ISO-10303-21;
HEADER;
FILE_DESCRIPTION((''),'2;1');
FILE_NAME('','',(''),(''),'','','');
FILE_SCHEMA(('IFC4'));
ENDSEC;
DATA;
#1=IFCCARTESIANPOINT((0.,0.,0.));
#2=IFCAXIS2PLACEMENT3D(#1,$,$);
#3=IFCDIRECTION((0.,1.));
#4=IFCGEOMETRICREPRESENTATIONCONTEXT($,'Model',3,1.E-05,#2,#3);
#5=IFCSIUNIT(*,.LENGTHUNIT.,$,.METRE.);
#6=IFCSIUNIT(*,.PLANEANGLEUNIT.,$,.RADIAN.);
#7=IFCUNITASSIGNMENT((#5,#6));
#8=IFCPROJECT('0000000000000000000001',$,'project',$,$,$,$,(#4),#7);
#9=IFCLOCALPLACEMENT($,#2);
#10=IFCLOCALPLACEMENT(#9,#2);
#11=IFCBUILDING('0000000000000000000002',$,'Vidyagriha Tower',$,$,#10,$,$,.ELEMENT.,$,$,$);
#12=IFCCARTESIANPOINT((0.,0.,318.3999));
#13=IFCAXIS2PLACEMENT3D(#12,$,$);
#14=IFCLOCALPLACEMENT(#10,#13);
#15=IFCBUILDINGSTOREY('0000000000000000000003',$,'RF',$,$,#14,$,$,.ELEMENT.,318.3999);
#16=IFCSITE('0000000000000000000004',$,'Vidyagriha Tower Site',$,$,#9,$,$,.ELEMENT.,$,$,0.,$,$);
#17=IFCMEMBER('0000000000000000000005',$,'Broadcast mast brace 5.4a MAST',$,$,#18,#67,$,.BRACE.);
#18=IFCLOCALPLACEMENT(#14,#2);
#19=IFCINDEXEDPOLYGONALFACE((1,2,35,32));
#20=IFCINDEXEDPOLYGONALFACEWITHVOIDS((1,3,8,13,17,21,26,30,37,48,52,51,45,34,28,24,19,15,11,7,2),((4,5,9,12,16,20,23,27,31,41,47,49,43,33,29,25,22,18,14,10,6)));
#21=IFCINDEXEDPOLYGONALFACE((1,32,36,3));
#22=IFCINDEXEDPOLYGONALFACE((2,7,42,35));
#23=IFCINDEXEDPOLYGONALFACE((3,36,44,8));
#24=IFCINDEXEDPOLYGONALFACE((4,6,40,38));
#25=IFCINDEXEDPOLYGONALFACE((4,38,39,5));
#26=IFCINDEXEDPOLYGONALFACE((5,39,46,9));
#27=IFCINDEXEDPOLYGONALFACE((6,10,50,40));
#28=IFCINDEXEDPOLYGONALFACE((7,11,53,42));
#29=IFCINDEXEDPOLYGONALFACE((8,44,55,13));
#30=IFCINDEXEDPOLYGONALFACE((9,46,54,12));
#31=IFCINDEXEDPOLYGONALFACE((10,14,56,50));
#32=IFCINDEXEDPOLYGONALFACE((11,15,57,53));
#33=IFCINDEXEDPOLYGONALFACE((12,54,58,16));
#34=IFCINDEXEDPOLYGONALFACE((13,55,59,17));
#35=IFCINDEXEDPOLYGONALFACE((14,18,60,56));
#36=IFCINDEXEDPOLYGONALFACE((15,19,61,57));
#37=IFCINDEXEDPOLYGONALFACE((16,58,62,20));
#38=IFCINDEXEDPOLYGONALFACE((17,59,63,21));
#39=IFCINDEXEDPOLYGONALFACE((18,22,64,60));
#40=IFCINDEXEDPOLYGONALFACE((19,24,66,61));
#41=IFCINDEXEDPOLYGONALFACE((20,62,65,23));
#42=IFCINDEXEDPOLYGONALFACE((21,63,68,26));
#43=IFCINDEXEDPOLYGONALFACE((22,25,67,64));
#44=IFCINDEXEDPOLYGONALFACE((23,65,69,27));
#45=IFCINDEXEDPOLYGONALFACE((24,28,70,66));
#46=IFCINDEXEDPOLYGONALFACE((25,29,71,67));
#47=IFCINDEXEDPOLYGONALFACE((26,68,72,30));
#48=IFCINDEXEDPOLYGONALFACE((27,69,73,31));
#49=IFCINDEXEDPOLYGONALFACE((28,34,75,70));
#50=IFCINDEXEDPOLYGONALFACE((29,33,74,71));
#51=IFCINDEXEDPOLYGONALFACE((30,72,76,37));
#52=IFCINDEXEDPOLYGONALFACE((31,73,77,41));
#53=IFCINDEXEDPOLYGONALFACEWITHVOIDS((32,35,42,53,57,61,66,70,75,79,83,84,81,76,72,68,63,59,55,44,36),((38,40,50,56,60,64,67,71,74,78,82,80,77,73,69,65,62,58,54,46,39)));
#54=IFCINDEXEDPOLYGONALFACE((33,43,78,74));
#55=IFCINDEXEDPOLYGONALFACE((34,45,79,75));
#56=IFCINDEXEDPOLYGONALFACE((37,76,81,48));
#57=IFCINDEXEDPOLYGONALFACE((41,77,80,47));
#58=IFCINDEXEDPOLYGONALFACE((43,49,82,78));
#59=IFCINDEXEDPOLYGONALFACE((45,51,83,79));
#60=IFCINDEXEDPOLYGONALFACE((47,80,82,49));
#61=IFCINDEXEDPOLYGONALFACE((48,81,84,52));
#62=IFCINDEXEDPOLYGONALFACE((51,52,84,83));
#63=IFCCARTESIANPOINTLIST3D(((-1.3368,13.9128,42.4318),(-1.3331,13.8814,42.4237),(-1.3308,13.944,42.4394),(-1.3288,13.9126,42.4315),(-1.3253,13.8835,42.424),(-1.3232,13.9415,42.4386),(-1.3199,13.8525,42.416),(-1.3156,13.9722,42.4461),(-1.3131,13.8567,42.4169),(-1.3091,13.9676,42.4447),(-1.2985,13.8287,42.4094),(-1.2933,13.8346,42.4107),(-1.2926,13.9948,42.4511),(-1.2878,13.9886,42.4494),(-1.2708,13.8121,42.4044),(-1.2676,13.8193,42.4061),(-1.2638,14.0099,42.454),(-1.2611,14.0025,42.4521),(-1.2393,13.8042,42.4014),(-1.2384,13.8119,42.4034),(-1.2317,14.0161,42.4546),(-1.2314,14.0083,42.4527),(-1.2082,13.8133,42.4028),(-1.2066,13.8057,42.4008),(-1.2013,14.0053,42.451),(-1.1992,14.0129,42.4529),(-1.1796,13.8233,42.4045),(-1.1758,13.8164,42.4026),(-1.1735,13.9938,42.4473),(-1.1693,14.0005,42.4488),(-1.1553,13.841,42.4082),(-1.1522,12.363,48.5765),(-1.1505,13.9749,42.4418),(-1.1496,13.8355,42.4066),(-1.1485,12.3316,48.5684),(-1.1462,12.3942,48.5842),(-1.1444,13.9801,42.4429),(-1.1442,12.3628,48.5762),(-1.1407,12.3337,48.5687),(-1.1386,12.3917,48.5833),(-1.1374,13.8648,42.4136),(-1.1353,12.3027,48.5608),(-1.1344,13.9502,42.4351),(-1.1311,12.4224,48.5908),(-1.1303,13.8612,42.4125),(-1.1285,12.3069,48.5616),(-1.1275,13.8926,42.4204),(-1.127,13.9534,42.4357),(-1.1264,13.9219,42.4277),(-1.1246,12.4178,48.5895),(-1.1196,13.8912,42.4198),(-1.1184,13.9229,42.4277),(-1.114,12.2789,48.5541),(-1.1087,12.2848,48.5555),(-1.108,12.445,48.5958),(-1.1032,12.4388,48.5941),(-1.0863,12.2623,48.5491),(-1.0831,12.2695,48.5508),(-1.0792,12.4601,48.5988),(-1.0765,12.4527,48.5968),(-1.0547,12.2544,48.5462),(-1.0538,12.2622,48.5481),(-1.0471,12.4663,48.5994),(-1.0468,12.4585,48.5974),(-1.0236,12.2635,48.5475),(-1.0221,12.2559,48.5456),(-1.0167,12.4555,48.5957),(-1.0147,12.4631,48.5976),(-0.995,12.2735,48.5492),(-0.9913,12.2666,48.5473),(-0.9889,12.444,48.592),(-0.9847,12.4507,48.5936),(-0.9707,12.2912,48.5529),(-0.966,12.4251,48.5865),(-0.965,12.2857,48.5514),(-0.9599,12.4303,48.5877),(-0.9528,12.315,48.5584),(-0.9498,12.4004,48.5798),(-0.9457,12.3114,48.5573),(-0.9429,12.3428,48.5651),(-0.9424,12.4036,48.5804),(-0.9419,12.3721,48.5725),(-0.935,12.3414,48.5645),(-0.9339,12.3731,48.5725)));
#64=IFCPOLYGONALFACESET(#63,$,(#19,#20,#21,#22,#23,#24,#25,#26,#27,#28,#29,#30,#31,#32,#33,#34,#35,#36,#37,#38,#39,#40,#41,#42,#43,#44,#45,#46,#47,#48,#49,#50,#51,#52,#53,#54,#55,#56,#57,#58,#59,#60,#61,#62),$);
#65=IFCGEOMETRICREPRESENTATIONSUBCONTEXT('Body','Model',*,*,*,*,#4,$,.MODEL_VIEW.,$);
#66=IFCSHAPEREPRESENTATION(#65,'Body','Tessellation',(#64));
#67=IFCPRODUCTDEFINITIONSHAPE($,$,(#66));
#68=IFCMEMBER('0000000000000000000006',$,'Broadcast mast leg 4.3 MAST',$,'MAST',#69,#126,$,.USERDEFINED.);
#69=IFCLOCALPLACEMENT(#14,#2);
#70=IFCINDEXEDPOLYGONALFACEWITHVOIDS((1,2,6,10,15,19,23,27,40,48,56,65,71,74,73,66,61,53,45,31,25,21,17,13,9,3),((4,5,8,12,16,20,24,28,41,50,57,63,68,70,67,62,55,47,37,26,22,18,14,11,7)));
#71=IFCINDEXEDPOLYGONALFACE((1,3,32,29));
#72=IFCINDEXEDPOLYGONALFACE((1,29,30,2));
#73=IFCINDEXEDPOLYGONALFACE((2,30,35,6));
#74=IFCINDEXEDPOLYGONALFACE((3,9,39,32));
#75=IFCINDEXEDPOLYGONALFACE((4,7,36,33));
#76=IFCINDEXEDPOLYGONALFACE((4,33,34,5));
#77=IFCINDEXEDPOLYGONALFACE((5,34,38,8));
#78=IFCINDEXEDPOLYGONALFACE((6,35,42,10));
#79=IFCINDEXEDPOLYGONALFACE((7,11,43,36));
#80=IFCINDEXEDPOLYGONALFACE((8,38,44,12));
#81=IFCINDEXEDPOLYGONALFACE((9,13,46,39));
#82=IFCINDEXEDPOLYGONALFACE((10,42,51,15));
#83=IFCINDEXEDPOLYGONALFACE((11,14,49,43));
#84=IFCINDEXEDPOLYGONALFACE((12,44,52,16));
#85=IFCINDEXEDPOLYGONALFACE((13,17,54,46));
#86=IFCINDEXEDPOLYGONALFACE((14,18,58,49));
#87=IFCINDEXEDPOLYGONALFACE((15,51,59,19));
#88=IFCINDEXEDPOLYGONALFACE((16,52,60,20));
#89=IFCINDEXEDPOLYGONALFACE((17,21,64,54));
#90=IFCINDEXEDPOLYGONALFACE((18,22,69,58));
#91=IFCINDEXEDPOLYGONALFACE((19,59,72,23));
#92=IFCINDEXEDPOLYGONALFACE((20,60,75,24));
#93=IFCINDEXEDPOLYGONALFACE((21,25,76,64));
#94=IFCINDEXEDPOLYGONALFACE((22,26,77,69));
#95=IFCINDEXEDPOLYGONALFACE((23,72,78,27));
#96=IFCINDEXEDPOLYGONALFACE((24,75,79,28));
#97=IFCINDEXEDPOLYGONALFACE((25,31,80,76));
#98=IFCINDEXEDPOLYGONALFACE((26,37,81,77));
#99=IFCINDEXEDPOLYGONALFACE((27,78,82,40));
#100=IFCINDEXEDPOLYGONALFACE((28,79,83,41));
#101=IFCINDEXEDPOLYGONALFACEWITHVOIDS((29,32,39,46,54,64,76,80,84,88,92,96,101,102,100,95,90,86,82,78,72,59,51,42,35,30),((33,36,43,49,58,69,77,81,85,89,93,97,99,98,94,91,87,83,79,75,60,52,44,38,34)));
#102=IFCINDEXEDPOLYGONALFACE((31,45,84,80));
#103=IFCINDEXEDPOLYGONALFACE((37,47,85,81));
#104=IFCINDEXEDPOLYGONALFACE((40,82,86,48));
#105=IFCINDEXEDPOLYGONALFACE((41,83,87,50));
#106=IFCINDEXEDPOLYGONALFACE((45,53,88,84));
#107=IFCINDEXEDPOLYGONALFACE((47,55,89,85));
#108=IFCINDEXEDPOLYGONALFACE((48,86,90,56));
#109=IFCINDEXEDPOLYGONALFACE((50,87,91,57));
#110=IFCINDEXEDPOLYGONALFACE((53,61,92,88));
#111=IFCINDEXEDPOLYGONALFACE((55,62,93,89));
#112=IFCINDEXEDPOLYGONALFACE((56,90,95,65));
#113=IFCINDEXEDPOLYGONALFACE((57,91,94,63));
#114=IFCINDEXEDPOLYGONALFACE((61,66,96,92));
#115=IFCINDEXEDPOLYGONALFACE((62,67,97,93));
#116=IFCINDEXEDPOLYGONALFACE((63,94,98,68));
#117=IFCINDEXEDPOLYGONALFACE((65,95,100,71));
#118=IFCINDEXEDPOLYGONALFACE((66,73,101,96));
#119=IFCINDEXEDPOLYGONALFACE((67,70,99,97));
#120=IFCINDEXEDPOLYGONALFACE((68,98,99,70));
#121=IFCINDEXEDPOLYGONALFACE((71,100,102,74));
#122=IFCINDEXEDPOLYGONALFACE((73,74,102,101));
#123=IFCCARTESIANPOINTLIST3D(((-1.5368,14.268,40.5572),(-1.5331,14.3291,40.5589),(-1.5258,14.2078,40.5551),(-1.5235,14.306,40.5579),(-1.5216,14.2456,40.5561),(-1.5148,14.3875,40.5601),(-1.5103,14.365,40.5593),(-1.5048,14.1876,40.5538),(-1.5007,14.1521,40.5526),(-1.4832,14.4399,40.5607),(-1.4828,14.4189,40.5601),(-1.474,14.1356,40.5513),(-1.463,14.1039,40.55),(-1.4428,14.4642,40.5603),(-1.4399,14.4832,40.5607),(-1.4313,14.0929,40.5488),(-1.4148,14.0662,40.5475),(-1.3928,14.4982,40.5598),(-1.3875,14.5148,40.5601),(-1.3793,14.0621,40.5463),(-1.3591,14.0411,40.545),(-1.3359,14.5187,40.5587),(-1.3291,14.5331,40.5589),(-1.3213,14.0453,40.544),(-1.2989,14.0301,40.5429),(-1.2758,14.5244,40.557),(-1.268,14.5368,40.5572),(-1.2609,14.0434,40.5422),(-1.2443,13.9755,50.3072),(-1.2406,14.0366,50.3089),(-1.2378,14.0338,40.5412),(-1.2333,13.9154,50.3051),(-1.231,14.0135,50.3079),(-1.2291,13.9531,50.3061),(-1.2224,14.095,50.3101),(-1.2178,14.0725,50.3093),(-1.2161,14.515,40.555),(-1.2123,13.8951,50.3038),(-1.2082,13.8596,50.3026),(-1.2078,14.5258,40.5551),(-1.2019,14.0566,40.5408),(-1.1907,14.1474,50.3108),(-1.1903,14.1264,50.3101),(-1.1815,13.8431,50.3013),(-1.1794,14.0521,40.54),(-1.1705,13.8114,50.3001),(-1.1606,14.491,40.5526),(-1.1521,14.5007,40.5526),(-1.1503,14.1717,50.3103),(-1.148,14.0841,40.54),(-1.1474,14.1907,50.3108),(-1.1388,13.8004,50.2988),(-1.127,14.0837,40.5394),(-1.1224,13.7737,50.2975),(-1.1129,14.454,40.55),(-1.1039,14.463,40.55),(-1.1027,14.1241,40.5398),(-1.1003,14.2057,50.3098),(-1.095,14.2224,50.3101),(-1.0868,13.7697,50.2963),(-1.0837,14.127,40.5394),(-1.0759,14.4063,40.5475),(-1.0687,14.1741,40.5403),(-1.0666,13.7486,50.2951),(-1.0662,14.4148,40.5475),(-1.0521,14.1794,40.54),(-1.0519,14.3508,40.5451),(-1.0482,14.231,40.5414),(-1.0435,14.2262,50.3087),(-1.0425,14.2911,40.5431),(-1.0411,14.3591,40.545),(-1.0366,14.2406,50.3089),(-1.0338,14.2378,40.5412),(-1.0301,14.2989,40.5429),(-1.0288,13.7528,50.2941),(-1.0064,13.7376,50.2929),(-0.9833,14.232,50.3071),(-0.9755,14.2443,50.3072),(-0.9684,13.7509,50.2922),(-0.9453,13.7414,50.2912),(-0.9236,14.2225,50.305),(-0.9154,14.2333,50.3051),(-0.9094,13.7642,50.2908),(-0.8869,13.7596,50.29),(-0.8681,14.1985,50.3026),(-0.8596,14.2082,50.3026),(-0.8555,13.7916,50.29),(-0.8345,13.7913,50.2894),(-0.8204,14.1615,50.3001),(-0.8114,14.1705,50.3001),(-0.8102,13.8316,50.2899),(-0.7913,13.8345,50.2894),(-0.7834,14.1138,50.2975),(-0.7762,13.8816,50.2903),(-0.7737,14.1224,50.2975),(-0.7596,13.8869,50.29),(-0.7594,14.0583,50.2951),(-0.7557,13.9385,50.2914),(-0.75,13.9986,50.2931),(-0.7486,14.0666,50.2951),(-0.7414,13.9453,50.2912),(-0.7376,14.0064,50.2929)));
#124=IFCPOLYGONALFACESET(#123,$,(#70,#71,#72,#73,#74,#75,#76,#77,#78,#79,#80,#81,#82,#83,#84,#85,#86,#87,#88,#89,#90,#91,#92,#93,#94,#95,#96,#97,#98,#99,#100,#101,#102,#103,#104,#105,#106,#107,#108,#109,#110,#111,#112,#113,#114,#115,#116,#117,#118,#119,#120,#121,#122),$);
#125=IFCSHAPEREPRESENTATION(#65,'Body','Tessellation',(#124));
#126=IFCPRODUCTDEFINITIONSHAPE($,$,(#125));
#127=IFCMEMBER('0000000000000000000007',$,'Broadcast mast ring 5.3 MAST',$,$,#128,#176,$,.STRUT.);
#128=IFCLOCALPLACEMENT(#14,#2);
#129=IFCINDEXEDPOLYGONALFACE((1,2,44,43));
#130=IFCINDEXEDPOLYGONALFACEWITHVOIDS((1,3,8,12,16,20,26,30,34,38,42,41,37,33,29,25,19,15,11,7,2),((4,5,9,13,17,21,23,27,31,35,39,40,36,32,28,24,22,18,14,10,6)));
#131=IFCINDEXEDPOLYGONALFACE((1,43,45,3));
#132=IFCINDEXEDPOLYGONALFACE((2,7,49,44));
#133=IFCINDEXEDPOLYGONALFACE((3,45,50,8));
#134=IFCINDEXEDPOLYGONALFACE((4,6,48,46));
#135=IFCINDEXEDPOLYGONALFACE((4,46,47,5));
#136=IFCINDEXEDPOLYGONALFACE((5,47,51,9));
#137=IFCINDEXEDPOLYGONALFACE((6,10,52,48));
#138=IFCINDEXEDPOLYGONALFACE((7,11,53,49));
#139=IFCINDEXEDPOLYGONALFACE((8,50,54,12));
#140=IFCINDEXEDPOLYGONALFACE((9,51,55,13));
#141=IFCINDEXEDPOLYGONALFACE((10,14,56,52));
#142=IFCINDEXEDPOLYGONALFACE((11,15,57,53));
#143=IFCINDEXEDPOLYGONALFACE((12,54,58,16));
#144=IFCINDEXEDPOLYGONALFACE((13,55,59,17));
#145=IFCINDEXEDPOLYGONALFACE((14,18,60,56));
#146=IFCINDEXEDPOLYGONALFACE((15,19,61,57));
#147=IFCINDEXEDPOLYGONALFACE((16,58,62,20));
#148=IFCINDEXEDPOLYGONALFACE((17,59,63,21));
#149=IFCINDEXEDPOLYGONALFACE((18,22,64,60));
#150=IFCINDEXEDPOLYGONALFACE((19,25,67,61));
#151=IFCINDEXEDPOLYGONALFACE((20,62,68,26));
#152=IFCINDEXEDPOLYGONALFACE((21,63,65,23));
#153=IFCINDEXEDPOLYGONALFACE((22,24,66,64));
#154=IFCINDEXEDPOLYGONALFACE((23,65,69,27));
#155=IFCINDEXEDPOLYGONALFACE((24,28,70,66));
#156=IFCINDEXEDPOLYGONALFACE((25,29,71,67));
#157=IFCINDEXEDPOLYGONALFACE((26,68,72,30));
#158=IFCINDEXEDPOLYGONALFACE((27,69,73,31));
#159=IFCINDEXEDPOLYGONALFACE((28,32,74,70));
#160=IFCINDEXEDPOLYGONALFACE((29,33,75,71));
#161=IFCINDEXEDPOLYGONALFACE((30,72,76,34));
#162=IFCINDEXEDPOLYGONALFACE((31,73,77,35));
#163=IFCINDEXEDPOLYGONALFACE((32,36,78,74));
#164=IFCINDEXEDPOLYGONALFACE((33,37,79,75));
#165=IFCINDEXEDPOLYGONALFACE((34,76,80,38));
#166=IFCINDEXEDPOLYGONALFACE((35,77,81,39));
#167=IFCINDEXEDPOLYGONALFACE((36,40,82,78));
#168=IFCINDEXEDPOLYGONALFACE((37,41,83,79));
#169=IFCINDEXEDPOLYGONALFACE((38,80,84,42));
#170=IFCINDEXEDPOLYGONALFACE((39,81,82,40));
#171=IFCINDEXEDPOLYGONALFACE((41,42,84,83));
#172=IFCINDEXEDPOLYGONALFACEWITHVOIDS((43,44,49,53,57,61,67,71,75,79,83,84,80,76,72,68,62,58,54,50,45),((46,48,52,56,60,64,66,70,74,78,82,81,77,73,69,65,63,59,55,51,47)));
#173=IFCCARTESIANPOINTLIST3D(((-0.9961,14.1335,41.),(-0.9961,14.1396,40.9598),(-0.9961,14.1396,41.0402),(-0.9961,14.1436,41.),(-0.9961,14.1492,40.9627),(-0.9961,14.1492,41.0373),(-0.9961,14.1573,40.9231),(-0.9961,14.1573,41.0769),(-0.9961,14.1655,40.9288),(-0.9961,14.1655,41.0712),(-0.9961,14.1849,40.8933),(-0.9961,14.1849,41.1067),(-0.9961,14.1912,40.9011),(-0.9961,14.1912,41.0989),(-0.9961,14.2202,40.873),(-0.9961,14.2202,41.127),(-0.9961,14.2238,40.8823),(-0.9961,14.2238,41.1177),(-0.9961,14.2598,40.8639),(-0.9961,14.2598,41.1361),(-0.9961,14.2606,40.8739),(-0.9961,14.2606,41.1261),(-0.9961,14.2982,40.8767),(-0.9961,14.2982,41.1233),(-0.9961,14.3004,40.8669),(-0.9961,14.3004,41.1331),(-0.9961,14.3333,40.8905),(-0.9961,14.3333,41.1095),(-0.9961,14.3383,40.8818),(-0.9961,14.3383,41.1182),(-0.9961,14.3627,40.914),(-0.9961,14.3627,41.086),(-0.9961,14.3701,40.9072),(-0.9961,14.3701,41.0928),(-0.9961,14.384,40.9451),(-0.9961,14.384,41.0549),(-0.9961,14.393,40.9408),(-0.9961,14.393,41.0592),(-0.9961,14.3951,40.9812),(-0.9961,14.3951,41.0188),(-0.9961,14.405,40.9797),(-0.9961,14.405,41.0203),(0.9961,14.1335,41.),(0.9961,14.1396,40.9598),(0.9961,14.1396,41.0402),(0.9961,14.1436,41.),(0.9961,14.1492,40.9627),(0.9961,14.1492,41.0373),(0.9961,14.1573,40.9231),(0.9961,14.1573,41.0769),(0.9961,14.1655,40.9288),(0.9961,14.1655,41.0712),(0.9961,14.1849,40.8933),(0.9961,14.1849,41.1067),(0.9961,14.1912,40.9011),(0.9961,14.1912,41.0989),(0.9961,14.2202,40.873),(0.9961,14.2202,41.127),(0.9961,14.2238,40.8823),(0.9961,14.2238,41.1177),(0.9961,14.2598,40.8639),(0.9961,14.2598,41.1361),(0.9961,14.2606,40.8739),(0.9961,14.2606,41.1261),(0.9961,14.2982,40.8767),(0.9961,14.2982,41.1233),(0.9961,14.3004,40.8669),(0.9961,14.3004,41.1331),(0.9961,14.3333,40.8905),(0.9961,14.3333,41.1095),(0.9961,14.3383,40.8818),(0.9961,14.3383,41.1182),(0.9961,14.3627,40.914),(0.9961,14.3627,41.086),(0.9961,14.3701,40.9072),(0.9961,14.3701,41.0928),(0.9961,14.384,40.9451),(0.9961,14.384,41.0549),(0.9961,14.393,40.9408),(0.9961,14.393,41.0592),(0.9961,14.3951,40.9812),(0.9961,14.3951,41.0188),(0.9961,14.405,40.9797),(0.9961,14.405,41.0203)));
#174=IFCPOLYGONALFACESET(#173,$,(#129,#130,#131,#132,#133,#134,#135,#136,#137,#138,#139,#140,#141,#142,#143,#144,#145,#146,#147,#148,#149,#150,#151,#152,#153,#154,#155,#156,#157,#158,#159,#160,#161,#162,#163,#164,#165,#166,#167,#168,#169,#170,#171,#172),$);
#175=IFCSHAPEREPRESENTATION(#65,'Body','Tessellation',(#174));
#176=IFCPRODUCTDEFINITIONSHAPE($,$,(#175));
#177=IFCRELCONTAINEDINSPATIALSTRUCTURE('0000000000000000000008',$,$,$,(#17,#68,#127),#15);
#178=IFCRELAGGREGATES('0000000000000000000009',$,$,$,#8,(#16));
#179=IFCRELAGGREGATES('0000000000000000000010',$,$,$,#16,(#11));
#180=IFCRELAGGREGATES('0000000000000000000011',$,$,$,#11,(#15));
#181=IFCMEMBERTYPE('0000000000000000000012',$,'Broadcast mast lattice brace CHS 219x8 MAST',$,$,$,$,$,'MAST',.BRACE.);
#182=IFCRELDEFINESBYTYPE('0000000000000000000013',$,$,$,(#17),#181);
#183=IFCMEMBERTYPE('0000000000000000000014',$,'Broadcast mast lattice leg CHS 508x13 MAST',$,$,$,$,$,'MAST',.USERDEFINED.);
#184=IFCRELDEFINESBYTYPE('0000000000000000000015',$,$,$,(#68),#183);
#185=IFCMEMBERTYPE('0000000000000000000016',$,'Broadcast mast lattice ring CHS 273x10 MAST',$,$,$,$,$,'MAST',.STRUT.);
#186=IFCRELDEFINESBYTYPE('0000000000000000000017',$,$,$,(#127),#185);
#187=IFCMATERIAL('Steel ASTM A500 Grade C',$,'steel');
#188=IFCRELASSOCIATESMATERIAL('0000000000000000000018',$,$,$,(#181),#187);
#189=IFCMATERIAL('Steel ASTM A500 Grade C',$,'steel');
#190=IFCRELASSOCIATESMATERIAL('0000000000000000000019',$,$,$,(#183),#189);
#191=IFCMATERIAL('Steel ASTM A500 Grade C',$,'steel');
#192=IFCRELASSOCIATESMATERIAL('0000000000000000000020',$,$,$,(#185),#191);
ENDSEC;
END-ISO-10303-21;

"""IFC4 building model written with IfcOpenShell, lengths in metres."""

from ifc_helpers import new_model, si_unit, direction, frame, origin, origin_2d, place, context, subcontext, project, spatial, hollow_circle, extrude, material, material_profile, profile_set, type_object, element, save


model = new_model("IFC4")

# Units and contexts
model_context = context("Model", 3, precision=1e-05, world=origin(), true_north=direction((0.0, 1.0)))
body_context = subcontext(model_context, "Body", "Model", "MODEL_VIEW")
ifc_project = project(units=[si_unit("LENGTHUNIT", "METRE"), si_unit("PLANEANGLEUNIT", "RADIAN")], contexts=[model_context])

# Site, building, storey
site_placement = place(None, origin())
site = spatial("IfcSite", under=ifc_project, at=site_placement, Name="Vidyagriha Tower Site", CompositionType="ELEMENT", RefElevation=0.0)
building_placement = place(site_placement, origin())
building = spatial("IfcBuilding", under=site, at=building_placement, Name="Vidyagriha Tower", CompositionType="ELEMENT")
storey_placement = place(building_placement, frame((0.0, 0.0, 318.3999)))
storey = spatial("IfcBuildingStorey", under=building, at=storey_placement, Name="RF", CompositionType="ELEMENT", Elevation=318.3999)

# Members
ifc_material_1 = material(Name="Steel ASTM A500 Grade C", Category="steel")
ifc_material_profile_1 = material_profile(ifc_material_1, hollow_circle(Radius=0.1096, WallThickness=0.0081, at=origin_2d()), Name="Broadcast mast lattice brace CHS 219x8 MAST")
ifc_profile_set_1 = profile_set([ifc_material_profile_1], Name="Steel ASTM A500 Grade C")
member_type_1 = type_object("IfcMemberType", Name="Broadcast mast lattice brace CHS 219x8 MAST", ElementType="MAST", PredefinedType="BRACE", material=ifc_profile_set_1)
for number, where, z_axis, x_axis, name in (
    (1, (-1.2273, 13.9099, 42.4277), (0.029113, -0.244453, 0.969224), (0.992983, 0.118257, 0.0), "Broadcast mast brace 5.4a MAST"),
):
    element("IfcMember", number, at=place(storey_placement, frame(where, z_axis=z_axis, x_axis=x_axis)), inside=storey, type_object=member_type_1, Name=name, PredefinedType="BRACE", context=body_context, shape_type="SweptSolid", body=[
        extrude(hollow_circle(Radius=0.1096, WallThickness=0.0081, at=origin_2d()), origin(), (0.0, 0.0, 1.0), 6.3398),
    ])
ifc_material_2 = material(Name="Steel ASTM A500 Grade C", Category="steel")
ifc_material_profile_2 = material_profile(ifc_material_2, hollow_circle(Radius=0.2539, WallThickness=0.0127, at=origin_2d()), Name="Broadcast mast lattice leg CHS 508x13 MAST")
ifc_profile_set_2 = profile_set([ifc_material_profile_2], Name="Steel ASTM A500 Grade C")
member_type_2 = type_object("IfcMemberType", Name="Broadcast mast lattice leg CHS 508x13 MAST", ElementType="MAST", PredefinedType="USERDEFINED", material=ifc_profile_set_2)
member_placement = place(storey_placement, frame((-1.2834, 14.2834, 40.55), z_axis=(0.029971, -0.029971, 0.999101), x_axis=(0.707107, 0.707107, 0.0)))
element("IfcMember", 2, at=member_placement, inside=storey, type_object=member_type_2, Name="Broadcast mast leg 4.3 MAST", ObjectType="MAST", PredefinedType="USERDEFINED", context=body_context, shape_type="SweptSolid", body=[
    extrude(hollow_circle(Radius=0.2539, WallThickness=0.0127, at=origin_2d()), origin(), (0.0, 0.0, 1.0), 9.7588),
])
ifc_material_3 = material(Name="Steel ASTM A500 Grade C", Category="steel")
ifc_material_profile_3 = material_profile(ifc_material_3, hollow_circle(Radius=0.1365, WallThickness=0.01, at=origin_2d()), Name="Broadcast mast lattice ring CHS 273x10 MAST")
ifc_profile_set_3 = profile_set([ifc_material_profile_3], Name="Steel ASTM A500 Grade C")
member_type_3 = type_object("IfcMemberType", Name="Broadcast mast lattice ring CHS 273x10 MAST", ElementType="MAST", PredefinedType="STRUT", material=ifc_profile_set_3)
for number, where, z_axis, x_axis, name in (
    (3, (0.9961, 14.27, 41.0), (-1.0, 0.0, 0.0), (0.0, -1.0, 0.0), "Broadcast mast ring 5.3 MAST"),
):
    element("IfcMember", number, at=place(storey_placement, frame(where, z_axis=z_axis, x_axis=x_axis)), inside=storey, type_object=member_type_3, Name=name, PredefinedType="STRUT", context=body_context, shape_type="SweptSolid", body=[
        extrude(hollow_circle(Radius=0.1365, WallThickness=0.01, at=origin_2d()), origin(), (0.0, 0.0, 1.0), 1.9922),
    ])

save(model, "model.ifc")
